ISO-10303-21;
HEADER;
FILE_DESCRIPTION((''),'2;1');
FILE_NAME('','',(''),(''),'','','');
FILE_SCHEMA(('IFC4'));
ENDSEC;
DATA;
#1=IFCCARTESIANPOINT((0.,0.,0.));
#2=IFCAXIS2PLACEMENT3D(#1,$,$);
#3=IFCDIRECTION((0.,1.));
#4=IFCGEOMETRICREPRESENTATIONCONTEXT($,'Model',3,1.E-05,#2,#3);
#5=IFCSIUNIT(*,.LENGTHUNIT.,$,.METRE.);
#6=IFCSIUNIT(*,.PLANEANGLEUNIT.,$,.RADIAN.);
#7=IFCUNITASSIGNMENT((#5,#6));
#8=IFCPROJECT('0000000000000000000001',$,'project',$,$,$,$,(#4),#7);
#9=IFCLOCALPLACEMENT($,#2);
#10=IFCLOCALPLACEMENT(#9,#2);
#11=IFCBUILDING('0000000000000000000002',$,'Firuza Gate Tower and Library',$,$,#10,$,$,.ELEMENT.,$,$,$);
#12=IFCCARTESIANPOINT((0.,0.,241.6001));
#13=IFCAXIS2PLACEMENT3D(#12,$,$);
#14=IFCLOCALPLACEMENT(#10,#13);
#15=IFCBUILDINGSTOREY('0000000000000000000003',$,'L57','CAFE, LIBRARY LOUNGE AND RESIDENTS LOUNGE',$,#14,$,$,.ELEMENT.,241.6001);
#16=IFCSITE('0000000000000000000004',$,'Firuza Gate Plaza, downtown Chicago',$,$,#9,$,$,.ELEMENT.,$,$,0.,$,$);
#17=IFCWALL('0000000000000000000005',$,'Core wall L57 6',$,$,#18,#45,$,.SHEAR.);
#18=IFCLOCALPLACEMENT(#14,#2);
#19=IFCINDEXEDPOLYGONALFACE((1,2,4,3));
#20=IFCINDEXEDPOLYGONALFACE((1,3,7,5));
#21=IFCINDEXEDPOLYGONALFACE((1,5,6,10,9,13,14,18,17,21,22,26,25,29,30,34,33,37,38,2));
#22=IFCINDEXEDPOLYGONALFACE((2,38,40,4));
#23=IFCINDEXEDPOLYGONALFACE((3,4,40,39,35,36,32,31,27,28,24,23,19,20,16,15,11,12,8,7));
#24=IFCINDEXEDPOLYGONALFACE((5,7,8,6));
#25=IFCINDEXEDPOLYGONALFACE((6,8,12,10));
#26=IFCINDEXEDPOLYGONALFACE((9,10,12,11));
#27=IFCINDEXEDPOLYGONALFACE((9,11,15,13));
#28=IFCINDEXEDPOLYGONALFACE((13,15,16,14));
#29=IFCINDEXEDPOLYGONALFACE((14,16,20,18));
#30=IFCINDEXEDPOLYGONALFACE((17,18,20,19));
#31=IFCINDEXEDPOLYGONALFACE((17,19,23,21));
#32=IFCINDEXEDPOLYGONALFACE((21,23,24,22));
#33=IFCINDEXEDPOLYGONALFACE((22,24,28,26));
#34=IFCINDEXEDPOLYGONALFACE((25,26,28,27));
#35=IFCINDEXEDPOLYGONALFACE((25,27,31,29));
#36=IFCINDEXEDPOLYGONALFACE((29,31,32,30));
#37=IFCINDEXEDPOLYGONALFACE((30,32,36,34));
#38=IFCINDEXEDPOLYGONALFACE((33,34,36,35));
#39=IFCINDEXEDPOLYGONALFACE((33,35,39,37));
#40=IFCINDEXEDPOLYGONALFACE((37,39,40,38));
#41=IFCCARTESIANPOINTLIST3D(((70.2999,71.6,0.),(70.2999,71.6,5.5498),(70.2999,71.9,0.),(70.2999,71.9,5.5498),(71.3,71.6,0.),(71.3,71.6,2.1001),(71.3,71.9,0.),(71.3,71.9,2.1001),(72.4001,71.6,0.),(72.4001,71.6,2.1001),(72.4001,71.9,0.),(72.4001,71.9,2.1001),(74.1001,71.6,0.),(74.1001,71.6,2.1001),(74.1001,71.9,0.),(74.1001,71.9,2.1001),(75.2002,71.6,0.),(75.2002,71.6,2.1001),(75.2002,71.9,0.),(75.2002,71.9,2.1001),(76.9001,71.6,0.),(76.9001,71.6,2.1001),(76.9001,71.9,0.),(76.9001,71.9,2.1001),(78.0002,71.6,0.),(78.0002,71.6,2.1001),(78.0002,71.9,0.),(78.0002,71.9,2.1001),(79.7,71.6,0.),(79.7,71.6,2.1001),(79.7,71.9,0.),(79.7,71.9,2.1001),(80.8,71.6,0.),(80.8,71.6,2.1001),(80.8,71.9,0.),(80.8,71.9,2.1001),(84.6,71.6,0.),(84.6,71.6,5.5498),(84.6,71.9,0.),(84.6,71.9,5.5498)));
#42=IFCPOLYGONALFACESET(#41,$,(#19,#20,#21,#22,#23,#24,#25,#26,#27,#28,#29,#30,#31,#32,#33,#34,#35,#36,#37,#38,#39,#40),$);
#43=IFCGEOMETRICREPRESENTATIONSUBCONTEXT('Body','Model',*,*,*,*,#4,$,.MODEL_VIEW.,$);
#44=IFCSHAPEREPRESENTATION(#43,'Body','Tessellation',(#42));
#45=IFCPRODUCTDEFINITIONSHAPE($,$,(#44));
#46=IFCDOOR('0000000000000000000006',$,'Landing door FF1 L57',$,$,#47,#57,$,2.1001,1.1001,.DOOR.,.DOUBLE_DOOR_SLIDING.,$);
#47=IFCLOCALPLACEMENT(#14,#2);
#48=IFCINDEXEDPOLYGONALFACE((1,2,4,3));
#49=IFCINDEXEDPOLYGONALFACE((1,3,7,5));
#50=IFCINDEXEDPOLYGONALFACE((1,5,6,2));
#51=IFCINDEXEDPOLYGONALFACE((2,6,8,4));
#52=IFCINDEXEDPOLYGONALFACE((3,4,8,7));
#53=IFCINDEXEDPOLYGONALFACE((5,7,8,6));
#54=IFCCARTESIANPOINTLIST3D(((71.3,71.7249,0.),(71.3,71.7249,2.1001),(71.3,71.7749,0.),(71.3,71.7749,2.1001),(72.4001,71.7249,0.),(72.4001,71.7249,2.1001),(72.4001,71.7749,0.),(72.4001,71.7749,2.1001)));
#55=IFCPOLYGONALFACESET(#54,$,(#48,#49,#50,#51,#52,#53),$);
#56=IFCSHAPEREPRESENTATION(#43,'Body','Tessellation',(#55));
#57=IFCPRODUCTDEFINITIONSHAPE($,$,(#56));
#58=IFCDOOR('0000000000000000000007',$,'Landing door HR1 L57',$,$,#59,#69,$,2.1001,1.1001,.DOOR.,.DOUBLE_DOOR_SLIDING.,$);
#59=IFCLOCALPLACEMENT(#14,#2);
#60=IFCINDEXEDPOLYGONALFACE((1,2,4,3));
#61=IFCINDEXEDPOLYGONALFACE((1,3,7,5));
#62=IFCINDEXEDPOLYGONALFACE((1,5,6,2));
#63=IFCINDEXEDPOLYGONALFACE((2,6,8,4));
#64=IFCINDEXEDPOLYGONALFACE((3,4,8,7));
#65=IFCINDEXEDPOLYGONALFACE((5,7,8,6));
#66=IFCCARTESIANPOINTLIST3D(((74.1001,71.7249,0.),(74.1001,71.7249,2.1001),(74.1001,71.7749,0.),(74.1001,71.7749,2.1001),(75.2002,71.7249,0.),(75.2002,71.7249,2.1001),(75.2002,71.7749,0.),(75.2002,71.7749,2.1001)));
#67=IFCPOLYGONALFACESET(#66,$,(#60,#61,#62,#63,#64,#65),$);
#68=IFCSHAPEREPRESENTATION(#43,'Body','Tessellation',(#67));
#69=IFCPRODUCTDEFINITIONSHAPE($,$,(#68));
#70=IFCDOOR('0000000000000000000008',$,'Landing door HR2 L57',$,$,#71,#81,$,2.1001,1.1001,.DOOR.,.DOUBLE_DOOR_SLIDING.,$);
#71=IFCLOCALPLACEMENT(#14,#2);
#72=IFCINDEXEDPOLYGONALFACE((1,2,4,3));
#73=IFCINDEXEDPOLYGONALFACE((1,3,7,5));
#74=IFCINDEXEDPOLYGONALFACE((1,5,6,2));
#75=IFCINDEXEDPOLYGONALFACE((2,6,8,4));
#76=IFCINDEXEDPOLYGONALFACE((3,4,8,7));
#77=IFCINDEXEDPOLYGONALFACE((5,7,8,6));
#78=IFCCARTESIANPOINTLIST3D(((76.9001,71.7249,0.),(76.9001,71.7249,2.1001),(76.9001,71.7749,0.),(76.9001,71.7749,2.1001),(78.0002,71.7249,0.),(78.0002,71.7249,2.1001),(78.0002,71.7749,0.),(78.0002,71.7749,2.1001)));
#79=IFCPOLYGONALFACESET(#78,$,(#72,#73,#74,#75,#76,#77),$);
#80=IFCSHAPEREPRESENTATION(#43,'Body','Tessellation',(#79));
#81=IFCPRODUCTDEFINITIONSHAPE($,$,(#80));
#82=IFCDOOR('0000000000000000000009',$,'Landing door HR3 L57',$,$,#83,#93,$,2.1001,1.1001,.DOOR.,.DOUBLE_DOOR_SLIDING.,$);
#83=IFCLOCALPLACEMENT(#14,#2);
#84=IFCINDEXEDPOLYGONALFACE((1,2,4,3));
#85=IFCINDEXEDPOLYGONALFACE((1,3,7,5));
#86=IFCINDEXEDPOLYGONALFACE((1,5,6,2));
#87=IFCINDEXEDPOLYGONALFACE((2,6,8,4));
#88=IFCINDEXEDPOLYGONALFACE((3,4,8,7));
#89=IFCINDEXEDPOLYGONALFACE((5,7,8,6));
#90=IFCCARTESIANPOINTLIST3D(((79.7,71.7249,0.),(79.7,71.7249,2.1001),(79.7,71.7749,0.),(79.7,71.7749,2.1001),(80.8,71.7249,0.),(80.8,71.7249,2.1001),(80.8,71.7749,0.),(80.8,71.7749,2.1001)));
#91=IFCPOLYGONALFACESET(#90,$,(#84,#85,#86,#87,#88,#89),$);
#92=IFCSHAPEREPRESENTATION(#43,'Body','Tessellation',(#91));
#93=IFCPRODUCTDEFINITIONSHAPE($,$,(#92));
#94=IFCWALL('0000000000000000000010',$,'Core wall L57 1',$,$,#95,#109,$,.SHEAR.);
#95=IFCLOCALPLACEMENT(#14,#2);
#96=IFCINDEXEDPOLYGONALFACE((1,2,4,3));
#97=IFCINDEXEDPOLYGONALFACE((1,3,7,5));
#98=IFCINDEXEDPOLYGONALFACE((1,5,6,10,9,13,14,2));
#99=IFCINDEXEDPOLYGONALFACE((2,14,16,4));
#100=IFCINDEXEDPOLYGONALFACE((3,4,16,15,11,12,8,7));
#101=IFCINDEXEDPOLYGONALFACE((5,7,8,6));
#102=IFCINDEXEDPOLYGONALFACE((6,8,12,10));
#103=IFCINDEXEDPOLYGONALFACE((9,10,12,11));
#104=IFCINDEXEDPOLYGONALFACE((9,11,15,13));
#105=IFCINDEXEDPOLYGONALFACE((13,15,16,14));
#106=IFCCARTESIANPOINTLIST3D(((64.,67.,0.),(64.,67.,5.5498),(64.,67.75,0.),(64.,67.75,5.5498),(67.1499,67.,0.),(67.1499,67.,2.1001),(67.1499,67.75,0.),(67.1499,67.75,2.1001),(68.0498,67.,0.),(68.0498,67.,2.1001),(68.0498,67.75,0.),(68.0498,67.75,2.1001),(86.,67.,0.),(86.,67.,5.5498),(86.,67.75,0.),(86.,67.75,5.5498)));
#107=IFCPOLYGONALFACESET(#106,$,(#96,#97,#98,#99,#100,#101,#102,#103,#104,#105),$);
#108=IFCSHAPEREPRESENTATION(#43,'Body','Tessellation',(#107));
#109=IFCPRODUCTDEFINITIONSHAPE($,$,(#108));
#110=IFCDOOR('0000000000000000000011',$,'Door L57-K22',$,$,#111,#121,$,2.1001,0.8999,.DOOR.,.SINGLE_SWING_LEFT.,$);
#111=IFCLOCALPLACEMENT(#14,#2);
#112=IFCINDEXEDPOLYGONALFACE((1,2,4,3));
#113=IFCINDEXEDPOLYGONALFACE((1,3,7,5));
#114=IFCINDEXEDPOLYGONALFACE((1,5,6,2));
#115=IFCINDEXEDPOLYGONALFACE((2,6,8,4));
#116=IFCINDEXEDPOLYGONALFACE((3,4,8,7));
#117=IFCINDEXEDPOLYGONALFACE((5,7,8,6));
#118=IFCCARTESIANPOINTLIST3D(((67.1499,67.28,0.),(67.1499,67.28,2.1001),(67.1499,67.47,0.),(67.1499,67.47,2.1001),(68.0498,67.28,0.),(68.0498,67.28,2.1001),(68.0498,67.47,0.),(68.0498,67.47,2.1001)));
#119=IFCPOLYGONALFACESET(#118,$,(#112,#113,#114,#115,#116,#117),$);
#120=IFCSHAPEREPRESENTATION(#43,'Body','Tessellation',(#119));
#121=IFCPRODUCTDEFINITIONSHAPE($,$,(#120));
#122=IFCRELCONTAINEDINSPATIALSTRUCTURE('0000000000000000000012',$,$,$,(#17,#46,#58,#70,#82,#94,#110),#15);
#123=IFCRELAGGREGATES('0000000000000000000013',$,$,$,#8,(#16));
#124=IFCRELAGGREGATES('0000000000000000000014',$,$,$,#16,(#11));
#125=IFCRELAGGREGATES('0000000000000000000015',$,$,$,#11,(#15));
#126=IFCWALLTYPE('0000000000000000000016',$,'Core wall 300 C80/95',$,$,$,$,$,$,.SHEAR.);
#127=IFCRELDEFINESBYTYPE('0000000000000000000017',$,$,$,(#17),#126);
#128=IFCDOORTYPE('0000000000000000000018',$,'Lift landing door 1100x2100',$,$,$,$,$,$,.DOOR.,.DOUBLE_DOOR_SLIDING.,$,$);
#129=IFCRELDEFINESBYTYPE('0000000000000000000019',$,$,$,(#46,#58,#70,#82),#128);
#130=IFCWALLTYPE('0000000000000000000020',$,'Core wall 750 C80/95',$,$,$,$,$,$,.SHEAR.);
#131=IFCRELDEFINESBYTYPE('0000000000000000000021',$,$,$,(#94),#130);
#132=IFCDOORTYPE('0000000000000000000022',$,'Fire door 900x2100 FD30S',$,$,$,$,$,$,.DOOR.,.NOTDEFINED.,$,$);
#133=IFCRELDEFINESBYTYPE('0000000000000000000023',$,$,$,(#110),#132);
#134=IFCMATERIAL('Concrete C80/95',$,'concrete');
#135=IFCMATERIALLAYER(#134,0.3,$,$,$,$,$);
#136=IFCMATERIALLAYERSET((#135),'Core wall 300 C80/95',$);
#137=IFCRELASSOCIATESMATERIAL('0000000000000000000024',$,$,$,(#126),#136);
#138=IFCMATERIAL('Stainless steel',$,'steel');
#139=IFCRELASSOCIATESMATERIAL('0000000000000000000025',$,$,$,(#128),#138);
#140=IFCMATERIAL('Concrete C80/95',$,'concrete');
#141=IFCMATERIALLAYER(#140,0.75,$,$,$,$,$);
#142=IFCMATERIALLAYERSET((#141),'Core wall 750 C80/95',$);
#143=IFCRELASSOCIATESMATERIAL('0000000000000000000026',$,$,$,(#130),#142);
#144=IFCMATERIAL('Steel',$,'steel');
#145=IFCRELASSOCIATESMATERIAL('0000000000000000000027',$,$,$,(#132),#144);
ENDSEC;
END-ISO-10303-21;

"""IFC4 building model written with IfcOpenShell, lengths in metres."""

from ifc_helpers import new_model, si_unit, direction, frame, frame_2d, origin, place, context, subcontext, project, spatial, rectangle, extrude, material, layer, layer_set, type_object, element, fill, save


model = new_model("IFC4")

# Units and contexts
model_context = context("Model", 3, precision=1e-05, world=origin(), true_north=direction((0.0, 1.0)))
body_context = subcontext(model_context, "Body", "Model", "MODEL_VIEW")
ifc_project = project(units=[si_unit("LENGTHUNIT", "METRE"), si_unit("PLANEANGLEUNIT", "RADIAN")], contexts=[model_context])

# Site, building, storey
site_placement = place(None, origin())
site = spatial("IfcSite", under=ifc_project, at=site_placement, Name="Firuza Gate Plaza, downtown Chicago", CompositionType="ELEMENT", RefElevation=0.0)
building_placement = place(site_placement, origin())
building = spatial("IfcBuilding", under=site, at=building_placement, Name="Firuza Gate Tower and Library", CompositionType="ELEMENT")
storey_placement = place(building_placement, frame((0.0, 0.0, 241.6001)))
storey = spatial("IfcBuildingStorey", under=building, at=storey_placement, Name="L57", Description="CAFE, LIBRARY LOUNGE AND RESIDENTS LOUNGE", CompositionType="ELEMENT", Elevation=241.6001)

# Shared definitions
ifc_material_1 = material(Name="Concrete C80/95", Category="concrete")
ifc_layer_1 = layer(ifc_material_1, 0.3)
ifc_layer_set_1 = layer_set([ifc_layer_1], Name="Core wall 300 C80/95")
wall_type_1 = type_object("IfcWallType", Name="Core wall 300 C80/95", PredefinedType="SHEAR", material=ifc_layer_set_1)

# Wall, openings, doors
wall_1_placement = place(storey_placement, frame((70.3, 71.75, 0.0), z_axis=(0.0, 0.0, 1.0), x_axis=(1.0, 0.0, 0.0)))
wall_1 = element("IfcWall", 1, at=wall_1_placement, inside=storey, type_object=wall_type_1, Name="Core wall L57 6", PredefinedType="SHEAR", context=body_context, shape_type="SweptSolid", body=[
    extrude(rectangle(XDim=14.3, YDim=0.3, at=frame_2d((7.1499, 0.0))), origin(), (0.0, 0.0, 1.0), 5.5498),
])
opening_1_placement = place(wall_1_placement, frame((1.0, 0.0, 0.0)))
opening_1 = element("IfcOpeningElement", 2, at=opening_1_placement, cuts=wall_1, PredefinedType="OPENING", context=body_context, shape_type="SweptSolid", body=[
    extrude(rectangle(XDim=1.1001, YDim=2.1001, at=frame_2d((0.55, 1.05))), frame((0.0, 0.1602, 0.0), z_axis=(0.0, -1.0, 0.0), x_axis=(1.0, 0.0, 0.0)), (0.0, 0.0, 1.0), 0.3201),
])
opening_2_placement = place(wall_1_placement, frame((3.8, 0.0, 0.0)))
opening_2 = element("IfcOpeningElement", 3, at=opening_2_placement, cuts=wall_1, PredefinedType="OPENING", context=body_context, shape_type="SweptSolid", body=[
    extrude(rectangle(XDim=1.1001, YDim=2.1001, at=frame_2d((0.55, 1.05))), frame((0.0, 0.1602, 0.0), z_axis=(0.0, -1.0, 0.0), x_axis=(1.0, 0.0, 0.0)), (0.0, 0.0, 1.0), 0.3201),
])
opening_3_placement = place(wall_1_placement, frame((6.6001, 0.0, 0.0)))
opening_3 = element("IfcOpeningElement", 4, at=opening_3_placement, cuts=wall_1, PredefinedType="OPENING", context=body_context, shape_type="SweptSolid", body=[
    extrude(rectangle(XDim=1.1001, YDim=2.1001, at=frame_2d((0.55, 1.05))), frame((0.0, 0.1602, 0.0), z_axis=(0.0, -1.0, 0.0), x_axis=(1.0, 0.0, 0.0)), (0.0, 0.0, 1.0), 0.3201),
])
opening_4_placement = place(wall_1_placement, frame((9.3999, 0.0, 0.0)))
opening_4 = element("IfcOpeningElement", 5, at=opening_4_placement, cuts=wall_1, PredefinedType="OPENING", context=body_context, shape_type="SweptSolid", body=[
    extrude(rectangle(XDim=1.1001, YDim=2.1001, at=frame_2d((0.55, 1.05))), frame((0.0, 0.1602, 0.0), z_axis=(0.0, -1.0, 0.0), x_axis=(1.0, 0.0, 0.0)), (0.0, 0.0, 1.0), 0.3201),
])
ifc_material_2 = material(Name="Stainless steel", Category="steel")
door_type_1 = type_object("IfcDoorType", Name="Lift landing door 1100x2100", OperationType="DOUBLE_DOOR_SLIDING", PredefinedType="DOOR", material=ifc_material_2)
door_1_placement = place(opening_1_placement, origin())
door_1 = element("IfcDoor", 6, at=door_1_placement, inside=storey, type_object=door_type_1, Name="Landing door FF1 L57", OperationType="DOUBLE_DOOR_SLIDING", OverallHeight=2.1001, OverallWidth=1.1001, PredefinedType="DOOR", context=body_context, shape_type="SweptSolid", body=[
    extrude(rectangle(XDim=1.1001, YDim=2.1001, at=frame_2d((0.55, 1.05))), frame((0.0, 0.0249, 0.0), z_axis=(0.0, -1.0, 0.0), x_axis=(1.0, 0.0, 0.0)), (0.0, 0.0, 1.0), 0.05),
])
fill(opening_1, door_1)
door_2_placement = place(opening_2_placement, origin())
door_2 = element("IfcDoor", 7, at=door_2_placement, inside=storey, type_object=door_type_1, Name="Landing door HR1 L57", OperationType="DOUBLE_DOOR_SLIDING", OverallHeight=2.1001, OverallWidth=1.1001, PredefinedType="DOOR", context=body_context, shape_type="SweptSolid", body=[
    extrude(rectangle(XDim=1.1001, YDim=2.1001, at=frame_2d((0.55, 1.05))), frame((0.0, 0.0249, 0.0), z_axis=(0.0, -1.0, 0.0), x_axis=(1.0, 0.0, 0.0)), (0.0, 0.0, 1.0), 0.05),
])
fill(opening_2, door_2)
door_3_placement = place(opening_3_placement, origin())
door_3 = element("IfcDoor", 8, at=door_3_placement, inside=storey, type_object=door_type_1, Name="Landing door HR2 L57", OperationType="DOUBLE_DOOR_SLIDING", OverallHeight=2.1001, OverallWidth=1.1001, PredefinedType="DOOR", context=body_context, shape_type="SweptSolid", body=[
    extrude(rectangle(XDim=1.1001, YDim=2.1001, at=frame_2d((0.55, 1.05))), frame((0.0, 0.0249, 0.0), z_axis=(0.0, -1.0, 0.0), x_axis=(1.0, 0.0, 0.0)), (0.0, 0.0, 1.0), 0.05),
])
fill(opening_3, door_3)
door_4_placement = place(opening_4_placement, origin())
door_4 = element("IfcDoor", 9, at=door_4_placement, inside=storey, type_object=door_type_1, Name="Landing door HR3 L57", OperationType="DOUBLE_DOOR_SLIDING", OverallHeight=2.1001, OverallWidth=1.1001, PredefinedType="DOOR", context=body_context, shape_type="SweptSolid", body=[
    extrude(rectangle(XDim=1.1001, YDim=2.1001, at=frame_2d((0.55, 1.05))), frame((0.0, 0.0249, 0.0), z_axis=(0.0, -1.0, 0.0), x_axis=(1.0, 0.0, 0.0)), (0.0, 0.0, 1.0), 0.05),
])
fill(opening_4, door_4)

# Wall, opening, door
ifc_material_3 = material(Name="Concrete C80/95", Category="concrete")
ifc_layer_2 = layer(ifc_material_3, 0.75)
ifc_layer_set_2 = layer_set([ifc_layer_2], Name="Core wall 750 C80/95")
wall_type_2 = type_object("IfcWallType", Name="Core wall 750 C80/95", PredefinedType="SHEAR", material=ifc_layer_set_2)
wall_2_placement = place(storey_placement, frame((64.0, 67.375, 0.0), z_axis=(0.0, 0.0, 1.0), x_axis=(1.0, 0.0, 0.0)))
wall_2 = element("IfcWall", 10, at=wall_2_placement, inside=storey, type_object=wall_type_2, Name="Core wall L57 1", PredefinedType="SHEAR", context=body_context, shape_type="SweptSolid", body=[
    extrude(rectangle(XDim=22.0, YDim=0.75, at=frame_2d((11.0, 0.0))), origin(), (0.0, 0.0, 1.0), 5.5498),
])
opening_5_placement = place(wall_2_placement, frame((3.1499, 0.0, 0.0)))
opening_5 = element("IfcOpeningElement", 11, at=opening_5_placement, cuts=wall_2, PredefinedType="OPENING", context=body_context, shape_type="SweptSolid", body=[
    extrude(rectangle(XDim=0.8999, YDim=2.1001, at=frame_2d((0.45, 1.05))), frame((0.0, 0.385, 0.0), z_axis=(0.0, -1.0, 0.0), x_axis=(1.0, 0.0, 0.0)), (0.0, 0.0, 1.0), 0.77),
])
ifc_material_4 = material(Name="Steel", Category="steel")
door_type_2 = type_object("IfcDoorType", Name="Fire door 900x2100 FD30S", OperationType="NOTDEFINED", PredefinedType="DOOR", material=ifc_material_4)
door_5_placement = place(opening_5_placement, origin())
door_5 = element("IfcDoor", 12, at=door_5_placement, inside=storey, type_object=door_type_2, Name="Door L57-K22", OperationType="SINGLE_SWING_LEFT", OverallHeight=2.1001, OverallWidth=0.8999, PredefinedType="DOOR", context=body_context, shape_type="SweptSolid", body=[
    extrude(rectangle(XDim=0.8999, YDim=2.1001, at=frame_2d((0.45, 1.05))), frame((0.0, 0.095, 0.0), z_axis=(0.0, -1.0, 0.0), x_axis=(1.0, 0.0, 0.0)), (0.0, 0.0, 1.0), 0.1899),
])
fill(opening_5, door_5)

save(model, "model.ifc")
